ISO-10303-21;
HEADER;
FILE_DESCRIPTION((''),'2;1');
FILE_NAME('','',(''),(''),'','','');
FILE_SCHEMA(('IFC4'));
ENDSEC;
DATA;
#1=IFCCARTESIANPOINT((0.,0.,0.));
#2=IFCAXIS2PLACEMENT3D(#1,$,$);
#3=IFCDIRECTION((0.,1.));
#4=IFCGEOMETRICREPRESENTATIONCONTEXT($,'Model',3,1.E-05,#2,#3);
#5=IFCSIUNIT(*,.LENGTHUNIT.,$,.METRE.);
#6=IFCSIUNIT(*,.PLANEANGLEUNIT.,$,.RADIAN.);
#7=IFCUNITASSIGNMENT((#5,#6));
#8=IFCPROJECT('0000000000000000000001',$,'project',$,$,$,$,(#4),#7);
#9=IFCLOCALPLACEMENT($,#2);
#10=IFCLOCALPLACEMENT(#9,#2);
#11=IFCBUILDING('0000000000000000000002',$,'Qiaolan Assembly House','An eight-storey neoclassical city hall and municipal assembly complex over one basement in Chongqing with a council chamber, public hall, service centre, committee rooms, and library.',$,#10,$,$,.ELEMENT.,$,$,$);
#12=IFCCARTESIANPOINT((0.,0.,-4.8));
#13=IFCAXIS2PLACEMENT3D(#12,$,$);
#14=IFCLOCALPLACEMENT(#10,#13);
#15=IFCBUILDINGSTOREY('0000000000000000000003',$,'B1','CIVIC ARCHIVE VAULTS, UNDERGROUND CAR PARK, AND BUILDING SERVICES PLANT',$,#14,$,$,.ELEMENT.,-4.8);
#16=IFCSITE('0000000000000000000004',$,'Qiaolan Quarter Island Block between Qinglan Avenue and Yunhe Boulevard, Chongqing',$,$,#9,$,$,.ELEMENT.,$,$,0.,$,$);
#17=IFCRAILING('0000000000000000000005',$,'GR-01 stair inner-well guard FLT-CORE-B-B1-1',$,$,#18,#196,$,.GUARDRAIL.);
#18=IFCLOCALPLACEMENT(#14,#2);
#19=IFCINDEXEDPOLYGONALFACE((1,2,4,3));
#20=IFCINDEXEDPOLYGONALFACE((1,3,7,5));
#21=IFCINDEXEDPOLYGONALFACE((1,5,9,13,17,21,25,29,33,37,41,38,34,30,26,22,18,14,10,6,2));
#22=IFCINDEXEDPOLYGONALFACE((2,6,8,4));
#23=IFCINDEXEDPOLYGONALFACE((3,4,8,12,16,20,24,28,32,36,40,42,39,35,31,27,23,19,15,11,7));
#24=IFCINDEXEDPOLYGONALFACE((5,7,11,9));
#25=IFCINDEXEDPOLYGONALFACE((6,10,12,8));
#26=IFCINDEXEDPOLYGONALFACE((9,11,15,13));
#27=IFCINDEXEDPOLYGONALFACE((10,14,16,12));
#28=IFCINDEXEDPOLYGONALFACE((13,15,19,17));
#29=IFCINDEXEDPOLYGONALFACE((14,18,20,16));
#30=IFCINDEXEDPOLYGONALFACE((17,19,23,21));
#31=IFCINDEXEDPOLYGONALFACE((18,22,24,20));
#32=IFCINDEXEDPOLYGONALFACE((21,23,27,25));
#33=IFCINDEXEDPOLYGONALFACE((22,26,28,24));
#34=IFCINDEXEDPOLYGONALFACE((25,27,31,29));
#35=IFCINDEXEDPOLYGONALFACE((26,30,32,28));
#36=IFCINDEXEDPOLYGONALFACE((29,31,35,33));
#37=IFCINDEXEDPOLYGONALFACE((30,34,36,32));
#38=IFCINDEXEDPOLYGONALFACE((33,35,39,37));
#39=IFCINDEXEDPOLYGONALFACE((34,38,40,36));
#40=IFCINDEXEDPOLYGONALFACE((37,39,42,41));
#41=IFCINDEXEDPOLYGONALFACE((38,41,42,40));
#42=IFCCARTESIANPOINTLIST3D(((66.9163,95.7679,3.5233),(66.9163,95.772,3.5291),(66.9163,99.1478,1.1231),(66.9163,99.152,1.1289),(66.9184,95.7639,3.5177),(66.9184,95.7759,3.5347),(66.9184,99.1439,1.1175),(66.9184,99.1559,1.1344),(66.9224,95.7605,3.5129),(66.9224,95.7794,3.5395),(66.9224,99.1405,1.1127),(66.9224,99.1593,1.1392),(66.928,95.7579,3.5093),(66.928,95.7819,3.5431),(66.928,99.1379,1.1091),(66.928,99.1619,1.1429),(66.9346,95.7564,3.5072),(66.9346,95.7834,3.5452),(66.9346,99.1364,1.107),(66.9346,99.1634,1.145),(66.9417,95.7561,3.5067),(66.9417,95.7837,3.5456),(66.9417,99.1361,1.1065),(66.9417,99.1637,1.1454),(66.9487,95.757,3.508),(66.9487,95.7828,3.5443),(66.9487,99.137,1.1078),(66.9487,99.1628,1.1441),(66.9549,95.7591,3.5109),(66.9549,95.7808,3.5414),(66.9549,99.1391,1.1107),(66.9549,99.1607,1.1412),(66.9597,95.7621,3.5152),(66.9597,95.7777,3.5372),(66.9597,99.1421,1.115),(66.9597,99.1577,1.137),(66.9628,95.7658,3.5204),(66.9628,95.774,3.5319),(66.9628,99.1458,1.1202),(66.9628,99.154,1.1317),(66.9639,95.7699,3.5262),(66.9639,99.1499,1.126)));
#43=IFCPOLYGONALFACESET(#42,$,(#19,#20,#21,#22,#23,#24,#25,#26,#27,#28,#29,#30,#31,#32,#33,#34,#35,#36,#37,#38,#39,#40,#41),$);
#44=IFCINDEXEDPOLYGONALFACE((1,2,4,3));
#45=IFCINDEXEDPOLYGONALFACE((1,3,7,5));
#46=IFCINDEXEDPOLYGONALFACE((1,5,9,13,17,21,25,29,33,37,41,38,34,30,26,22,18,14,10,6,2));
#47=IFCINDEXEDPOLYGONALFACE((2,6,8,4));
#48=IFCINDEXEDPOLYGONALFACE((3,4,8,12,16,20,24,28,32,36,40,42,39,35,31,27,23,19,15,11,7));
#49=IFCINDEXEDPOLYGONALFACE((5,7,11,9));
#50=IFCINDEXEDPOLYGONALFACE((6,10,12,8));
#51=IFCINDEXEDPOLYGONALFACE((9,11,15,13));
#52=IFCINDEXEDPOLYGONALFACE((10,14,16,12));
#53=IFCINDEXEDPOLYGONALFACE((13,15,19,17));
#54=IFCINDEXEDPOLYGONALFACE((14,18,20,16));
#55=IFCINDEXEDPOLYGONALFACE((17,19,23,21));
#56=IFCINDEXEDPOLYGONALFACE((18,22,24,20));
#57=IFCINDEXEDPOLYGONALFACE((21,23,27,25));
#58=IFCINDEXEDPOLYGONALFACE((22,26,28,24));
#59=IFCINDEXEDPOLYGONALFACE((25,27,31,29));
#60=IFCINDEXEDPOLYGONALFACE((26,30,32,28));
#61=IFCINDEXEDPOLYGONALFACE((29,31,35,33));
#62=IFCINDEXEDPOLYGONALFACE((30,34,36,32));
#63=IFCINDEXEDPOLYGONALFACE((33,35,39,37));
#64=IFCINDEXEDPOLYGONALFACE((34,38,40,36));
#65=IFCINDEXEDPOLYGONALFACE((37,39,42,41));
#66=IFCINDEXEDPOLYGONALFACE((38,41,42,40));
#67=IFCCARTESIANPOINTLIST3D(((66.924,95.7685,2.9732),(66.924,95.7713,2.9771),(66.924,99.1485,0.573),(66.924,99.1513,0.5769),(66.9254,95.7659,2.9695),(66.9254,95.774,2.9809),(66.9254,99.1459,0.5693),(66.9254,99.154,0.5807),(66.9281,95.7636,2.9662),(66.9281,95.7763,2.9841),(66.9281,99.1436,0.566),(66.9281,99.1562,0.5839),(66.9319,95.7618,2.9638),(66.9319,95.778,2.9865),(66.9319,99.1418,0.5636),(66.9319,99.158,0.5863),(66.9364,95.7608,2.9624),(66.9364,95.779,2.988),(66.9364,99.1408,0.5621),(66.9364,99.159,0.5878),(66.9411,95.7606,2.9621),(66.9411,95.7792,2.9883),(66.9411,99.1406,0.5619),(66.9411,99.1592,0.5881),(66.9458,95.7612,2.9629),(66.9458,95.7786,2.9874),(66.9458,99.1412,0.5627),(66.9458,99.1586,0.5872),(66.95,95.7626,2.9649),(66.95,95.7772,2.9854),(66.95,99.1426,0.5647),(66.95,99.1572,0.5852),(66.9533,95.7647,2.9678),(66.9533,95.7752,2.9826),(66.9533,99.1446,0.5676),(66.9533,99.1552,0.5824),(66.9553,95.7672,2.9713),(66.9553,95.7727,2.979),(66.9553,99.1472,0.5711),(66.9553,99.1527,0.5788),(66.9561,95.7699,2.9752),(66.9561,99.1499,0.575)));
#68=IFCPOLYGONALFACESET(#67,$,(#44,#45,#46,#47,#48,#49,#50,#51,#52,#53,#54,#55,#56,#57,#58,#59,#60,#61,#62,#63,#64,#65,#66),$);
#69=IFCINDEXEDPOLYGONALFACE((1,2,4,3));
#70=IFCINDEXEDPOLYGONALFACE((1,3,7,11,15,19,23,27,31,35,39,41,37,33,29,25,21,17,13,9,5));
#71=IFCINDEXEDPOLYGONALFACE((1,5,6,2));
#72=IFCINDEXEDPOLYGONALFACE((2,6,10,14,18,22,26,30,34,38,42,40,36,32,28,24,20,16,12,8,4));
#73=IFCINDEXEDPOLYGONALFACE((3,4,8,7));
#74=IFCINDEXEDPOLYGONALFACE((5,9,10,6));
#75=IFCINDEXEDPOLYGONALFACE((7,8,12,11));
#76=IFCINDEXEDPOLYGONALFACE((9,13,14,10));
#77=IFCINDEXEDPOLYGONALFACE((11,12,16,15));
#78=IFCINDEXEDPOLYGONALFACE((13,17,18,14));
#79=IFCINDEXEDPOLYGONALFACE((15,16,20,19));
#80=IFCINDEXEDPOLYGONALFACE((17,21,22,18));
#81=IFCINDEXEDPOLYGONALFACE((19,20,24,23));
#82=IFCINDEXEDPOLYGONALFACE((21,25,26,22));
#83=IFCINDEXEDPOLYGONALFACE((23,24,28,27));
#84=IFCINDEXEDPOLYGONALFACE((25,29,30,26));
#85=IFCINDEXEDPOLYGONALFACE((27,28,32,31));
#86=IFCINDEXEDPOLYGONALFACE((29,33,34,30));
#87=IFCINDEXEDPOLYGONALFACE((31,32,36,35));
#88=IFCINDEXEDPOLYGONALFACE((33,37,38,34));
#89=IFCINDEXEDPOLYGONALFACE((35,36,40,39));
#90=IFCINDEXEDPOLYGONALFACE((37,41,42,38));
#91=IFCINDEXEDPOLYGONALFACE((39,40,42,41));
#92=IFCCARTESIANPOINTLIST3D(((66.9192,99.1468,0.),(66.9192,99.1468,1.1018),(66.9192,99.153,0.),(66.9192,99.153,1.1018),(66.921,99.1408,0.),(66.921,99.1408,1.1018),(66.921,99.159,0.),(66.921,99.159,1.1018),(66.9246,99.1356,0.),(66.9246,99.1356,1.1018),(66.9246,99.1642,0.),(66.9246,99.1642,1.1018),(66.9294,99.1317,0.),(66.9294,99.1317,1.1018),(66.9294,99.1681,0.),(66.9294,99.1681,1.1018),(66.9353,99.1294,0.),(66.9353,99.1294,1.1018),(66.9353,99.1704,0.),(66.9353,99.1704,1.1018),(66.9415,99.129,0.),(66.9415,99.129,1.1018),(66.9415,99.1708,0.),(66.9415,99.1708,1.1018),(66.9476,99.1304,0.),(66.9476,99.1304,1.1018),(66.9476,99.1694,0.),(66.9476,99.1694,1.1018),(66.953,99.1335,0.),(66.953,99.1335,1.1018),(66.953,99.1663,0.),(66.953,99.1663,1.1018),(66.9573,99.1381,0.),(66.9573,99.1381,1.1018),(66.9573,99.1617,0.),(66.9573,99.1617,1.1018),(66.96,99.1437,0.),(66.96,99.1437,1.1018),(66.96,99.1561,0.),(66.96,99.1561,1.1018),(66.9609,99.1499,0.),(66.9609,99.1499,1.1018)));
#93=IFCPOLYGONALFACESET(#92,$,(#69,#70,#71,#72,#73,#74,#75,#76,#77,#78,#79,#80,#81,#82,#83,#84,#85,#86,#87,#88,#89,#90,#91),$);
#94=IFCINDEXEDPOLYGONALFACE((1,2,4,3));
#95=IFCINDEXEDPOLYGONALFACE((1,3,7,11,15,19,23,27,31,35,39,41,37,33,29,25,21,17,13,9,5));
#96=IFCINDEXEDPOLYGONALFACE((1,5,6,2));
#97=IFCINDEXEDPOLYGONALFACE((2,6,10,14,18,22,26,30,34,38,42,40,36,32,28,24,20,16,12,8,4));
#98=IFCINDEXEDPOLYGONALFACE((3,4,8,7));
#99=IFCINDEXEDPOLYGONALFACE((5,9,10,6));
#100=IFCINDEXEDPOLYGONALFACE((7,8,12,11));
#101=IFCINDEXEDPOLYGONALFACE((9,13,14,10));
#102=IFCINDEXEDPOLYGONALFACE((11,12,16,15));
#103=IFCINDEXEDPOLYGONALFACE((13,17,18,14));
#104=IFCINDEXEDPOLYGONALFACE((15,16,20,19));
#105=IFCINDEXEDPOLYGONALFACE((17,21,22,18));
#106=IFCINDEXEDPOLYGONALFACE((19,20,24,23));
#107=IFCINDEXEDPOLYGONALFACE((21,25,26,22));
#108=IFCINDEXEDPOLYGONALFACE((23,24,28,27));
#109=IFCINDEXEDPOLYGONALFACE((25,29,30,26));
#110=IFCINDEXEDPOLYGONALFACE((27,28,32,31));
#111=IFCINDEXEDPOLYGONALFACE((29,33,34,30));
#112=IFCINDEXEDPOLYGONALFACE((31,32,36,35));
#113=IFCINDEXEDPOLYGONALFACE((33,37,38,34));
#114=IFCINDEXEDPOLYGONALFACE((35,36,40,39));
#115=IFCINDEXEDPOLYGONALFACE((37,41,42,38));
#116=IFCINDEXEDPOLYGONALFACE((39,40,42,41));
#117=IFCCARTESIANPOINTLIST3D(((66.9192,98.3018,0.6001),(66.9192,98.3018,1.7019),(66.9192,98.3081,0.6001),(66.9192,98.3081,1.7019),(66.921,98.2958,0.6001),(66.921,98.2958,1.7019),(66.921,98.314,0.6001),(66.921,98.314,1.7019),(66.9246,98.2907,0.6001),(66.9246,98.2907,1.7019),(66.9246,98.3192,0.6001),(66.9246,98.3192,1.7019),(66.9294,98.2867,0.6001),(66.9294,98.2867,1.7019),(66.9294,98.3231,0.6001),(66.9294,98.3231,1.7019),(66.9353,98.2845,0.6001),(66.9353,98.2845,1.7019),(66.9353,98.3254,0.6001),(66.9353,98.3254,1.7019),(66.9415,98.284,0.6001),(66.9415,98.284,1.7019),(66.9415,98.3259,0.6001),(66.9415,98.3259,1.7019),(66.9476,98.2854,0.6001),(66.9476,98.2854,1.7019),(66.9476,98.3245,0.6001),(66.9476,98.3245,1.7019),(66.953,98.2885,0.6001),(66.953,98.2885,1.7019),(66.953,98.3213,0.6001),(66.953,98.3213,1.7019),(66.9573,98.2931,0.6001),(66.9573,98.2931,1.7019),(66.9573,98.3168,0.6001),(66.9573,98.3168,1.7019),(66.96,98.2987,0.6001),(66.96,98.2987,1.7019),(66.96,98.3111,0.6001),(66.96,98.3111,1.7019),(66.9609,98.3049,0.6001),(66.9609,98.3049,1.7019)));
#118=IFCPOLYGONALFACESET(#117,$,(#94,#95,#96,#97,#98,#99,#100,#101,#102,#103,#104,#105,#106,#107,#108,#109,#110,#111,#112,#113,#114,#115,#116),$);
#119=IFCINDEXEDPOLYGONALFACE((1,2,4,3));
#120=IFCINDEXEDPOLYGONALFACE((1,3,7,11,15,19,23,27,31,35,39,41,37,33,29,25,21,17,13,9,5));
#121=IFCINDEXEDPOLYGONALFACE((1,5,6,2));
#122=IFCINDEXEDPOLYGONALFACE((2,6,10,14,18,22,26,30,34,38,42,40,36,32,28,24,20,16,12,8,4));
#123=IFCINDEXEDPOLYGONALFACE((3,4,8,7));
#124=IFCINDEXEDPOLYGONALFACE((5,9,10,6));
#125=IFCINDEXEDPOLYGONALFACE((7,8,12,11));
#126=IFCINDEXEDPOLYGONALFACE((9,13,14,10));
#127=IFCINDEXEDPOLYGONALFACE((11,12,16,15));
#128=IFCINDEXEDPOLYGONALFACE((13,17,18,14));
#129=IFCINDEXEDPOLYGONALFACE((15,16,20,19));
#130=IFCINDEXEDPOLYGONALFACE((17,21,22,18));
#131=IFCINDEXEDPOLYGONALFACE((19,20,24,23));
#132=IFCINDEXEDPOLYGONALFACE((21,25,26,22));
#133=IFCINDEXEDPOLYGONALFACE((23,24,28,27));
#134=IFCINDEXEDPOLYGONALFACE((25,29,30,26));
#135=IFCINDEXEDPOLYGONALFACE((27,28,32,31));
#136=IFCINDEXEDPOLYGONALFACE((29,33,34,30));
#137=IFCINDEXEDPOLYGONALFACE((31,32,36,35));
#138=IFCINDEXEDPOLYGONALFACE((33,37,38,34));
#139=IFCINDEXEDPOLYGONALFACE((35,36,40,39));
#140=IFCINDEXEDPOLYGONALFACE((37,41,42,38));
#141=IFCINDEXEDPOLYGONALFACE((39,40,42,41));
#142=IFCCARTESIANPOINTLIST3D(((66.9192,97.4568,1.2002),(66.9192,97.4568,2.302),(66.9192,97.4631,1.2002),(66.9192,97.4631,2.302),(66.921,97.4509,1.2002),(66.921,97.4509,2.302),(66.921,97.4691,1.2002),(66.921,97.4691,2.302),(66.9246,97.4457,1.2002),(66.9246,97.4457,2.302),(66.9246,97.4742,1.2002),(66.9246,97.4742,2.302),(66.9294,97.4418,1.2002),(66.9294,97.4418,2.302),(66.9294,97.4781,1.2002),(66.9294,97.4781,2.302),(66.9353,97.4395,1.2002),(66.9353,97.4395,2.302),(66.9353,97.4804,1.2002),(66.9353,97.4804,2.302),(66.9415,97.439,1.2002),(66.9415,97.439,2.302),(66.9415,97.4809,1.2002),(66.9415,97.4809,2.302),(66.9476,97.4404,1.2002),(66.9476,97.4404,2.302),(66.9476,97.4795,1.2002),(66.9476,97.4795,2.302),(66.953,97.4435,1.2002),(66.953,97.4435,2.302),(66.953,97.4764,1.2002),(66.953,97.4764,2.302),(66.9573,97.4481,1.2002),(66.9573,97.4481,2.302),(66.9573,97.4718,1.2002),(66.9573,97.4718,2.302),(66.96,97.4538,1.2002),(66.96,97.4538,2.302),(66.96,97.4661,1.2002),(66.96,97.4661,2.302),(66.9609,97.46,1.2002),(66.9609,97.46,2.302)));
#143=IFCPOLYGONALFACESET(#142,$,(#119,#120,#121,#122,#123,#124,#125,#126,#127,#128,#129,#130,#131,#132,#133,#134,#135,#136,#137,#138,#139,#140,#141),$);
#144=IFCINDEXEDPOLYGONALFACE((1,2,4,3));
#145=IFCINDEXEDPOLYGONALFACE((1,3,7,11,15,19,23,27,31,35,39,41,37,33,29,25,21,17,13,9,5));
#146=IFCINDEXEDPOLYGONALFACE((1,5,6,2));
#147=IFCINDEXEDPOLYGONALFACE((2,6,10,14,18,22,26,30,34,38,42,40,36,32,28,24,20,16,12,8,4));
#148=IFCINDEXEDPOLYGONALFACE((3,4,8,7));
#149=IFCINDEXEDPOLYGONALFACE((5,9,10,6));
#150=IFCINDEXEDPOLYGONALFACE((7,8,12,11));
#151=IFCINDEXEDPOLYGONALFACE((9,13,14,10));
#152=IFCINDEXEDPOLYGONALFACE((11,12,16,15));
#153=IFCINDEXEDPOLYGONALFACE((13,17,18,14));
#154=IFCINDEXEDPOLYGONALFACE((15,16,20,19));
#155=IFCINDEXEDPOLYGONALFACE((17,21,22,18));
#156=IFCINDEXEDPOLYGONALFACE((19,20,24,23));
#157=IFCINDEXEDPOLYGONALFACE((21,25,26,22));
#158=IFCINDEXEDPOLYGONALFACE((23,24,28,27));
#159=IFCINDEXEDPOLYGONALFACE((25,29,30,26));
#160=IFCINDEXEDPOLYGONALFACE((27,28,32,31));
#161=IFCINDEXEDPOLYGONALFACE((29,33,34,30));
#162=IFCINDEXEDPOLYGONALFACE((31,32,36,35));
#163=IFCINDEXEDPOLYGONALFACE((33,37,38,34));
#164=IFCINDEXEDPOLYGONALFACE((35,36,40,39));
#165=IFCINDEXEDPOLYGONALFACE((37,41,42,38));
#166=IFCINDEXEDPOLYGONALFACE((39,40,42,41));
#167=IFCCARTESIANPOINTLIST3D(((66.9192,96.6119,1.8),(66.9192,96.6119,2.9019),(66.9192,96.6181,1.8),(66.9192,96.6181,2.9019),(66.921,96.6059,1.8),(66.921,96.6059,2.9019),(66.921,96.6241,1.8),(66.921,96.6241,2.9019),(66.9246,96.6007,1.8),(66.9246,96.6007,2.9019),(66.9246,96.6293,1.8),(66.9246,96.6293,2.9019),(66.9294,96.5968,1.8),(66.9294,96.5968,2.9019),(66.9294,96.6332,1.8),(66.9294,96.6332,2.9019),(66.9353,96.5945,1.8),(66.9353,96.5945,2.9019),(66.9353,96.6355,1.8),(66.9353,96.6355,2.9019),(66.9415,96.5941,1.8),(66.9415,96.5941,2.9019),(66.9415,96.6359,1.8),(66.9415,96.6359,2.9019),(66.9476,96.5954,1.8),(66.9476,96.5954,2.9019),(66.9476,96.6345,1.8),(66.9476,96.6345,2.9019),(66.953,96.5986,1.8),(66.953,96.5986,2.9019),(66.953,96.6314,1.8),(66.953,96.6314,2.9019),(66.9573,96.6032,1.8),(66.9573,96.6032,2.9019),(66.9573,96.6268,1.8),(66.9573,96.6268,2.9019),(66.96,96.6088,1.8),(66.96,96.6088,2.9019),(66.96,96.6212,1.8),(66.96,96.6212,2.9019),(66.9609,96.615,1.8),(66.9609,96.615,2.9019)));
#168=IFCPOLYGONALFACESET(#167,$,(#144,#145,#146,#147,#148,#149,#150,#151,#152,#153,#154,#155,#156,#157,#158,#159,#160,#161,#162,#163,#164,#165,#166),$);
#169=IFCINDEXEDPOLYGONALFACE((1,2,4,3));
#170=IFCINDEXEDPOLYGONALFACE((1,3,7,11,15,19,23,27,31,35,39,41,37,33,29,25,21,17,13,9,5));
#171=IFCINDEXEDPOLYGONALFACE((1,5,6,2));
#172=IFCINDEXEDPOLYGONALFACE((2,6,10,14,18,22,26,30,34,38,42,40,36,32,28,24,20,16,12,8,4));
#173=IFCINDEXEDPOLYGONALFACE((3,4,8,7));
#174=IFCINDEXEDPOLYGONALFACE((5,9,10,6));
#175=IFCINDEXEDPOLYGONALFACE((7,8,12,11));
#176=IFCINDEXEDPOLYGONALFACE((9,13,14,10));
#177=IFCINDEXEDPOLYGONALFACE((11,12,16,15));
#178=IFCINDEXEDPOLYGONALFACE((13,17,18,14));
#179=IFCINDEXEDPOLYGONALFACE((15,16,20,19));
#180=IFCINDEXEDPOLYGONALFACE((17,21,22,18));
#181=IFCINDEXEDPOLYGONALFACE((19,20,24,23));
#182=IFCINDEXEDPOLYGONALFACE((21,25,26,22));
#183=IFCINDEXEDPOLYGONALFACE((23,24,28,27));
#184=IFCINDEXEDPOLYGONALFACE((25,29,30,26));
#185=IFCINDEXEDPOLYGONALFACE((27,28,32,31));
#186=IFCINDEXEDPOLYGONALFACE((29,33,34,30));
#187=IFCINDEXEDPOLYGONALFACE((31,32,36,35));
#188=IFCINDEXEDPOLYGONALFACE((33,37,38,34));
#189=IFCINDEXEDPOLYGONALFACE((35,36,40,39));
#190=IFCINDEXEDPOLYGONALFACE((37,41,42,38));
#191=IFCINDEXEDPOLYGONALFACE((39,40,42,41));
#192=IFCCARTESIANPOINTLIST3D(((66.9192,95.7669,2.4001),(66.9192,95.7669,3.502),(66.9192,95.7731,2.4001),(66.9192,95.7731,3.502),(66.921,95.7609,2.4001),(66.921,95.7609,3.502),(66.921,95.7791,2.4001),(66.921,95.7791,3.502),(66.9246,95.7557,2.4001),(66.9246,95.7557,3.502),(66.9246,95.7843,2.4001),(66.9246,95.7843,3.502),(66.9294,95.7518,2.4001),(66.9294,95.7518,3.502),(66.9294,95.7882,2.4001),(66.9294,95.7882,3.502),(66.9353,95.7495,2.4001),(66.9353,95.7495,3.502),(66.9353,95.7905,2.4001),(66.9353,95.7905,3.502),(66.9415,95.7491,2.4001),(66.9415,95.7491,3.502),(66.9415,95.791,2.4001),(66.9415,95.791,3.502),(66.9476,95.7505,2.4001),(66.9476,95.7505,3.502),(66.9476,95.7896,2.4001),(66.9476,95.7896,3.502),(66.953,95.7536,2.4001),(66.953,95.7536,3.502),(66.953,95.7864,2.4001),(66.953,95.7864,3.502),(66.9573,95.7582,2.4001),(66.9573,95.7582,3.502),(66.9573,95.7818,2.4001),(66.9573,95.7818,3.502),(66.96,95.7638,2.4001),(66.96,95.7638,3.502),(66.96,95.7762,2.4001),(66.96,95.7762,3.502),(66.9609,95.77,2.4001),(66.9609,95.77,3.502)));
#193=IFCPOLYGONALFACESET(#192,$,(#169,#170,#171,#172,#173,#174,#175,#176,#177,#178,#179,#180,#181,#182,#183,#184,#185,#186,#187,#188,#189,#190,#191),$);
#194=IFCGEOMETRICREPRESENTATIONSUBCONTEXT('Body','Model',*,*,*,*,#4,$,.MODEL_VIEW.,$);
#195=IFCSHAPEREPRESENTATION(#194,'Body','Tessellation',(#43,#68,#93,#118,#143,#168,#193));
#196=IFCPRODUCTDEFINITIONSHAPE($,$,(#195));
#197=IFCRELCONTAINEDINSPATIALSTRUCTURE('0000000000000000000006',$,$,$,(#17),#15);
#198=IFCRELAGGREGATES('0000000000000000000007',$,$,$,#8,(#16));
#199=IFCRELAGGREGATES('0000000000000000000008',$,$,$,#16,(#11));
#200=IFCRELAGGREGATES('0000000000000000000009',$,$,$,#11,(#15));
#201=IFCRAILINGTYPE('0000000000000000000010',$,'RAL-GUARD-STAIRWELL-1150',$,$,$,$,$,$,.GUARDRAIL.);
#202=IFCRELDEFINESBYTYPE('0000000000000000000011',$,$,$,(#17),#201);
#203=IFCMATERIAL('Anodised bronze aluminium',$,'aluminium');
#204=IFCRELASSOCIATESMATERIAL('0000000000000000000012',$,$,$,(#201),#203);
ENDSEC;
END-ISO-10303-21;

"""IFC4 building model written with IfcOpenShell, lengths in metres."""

from ifc_helpers import new_model, si_unit, direction, frame, origin, origin_2d, place, context, subcontext, project, spatial, circle, extrude, material, type_object, element, save


model = new_model("IFC4")

# Units and contexts
model_context = context("Model", 3, precision=1e-05, world=origin(), true_north=direction((0.0, 1.0)))
body_context = subcontext(model_context, "Body", "Model", "MODEL_VIEW")
ifc_project = project(units=[si_unit("LENGTHUNIT", "METRE"), si_unit("PLANEANGLEUNIT", "RADIAN")], contexts=[model_context])

# Site, building, storey
site_placement = place(None, origin())
site = spatial("IfcSite", under=ifc_project, at=site_placement, Name="Qiaolan Quarter Island Block between Qinglan Avenue and Yunhe Boulevard, Chongqing", CompositionType="ELEMENT", RefElevation=0.0)
building_placement = place(site_placement, origin())
building = spatial("IfcBuilding", under=site, at=building_placement, Name="Qiaolan Assembly House", Description="An eight-storey neoclassical city hall and municipal assembly complex over one basement in Chongqing with a council chamber, public hall, service centre, committee rooms, and library.", CompositionType="ELEMENT")
storey_placement = place(building_placement, frame((0.0, 0.0, -4.8)))
storey = spatial("IfcBuildingStorey", under=building, at=storey_placement, Name="B1", Description="CIVIC ARCHIVE VAULTS, UNDERGROUND CAR PARK, AND BUILDING SERVICES PLANT", CompositionType="ELEMENT", Elevation=-4.8)

# Shared definitions
ifc_material_1 = material(Name="Anodised bronze aluminium", Category="aluminium")

# Railing
railing_type_1 = type_object("IfcRailingType", Name="RAL-GUARD-STAIRWELL-1150", PredefinedType="GUARDRAIL", material=ifc_material_1)
railing_1_placement = place(storey_placement, frame((66.9399, 99.1499, 0.0)))
element("IfcRailing", 1, at=railing_1_placement, inside=storey, type_object=railing_type_1, Name="GR-01 stair inner-well guard FLT-CORE-B-B1-1", PredefinedType="GUARDRAIL", context=body_context, shape_type="SweptSolid", body=[
    extrude(circle(Radius=0.0239, at=origin_2d()), frame((0.0, 0.0, 1.126), z_axis=(0.0, -0.815334, 0.578991), x_axis=(1.0, 0.0, 0.0)), (0.0, 0.0, 1.0), 4.1455),
    extrude(circle(Radius=0.0161, at=origin_2d()), frame((0.0, 0.0, 0.575), z_axis=(0.0, -0.815334, 0.578991), x_axis=(1.0, 0.0, 0.0)), (0.0, 0.0, 1.0), 4.1455),
    extrude(circle(Radius=0.021, at=origin_2d()), origin(), (0.0, 0.0, 1.0), 1.1018),
    extrude(circle(Radius=0.021, at=origin_2d()), frame((0.0, -0.845, 0.6001)), (0.0, 0.0, 1.0), 1.1018),
    extrude(circle(Radius=0.021, at=origin_2d()), frame((0.0, -1.6899, 1.2002)), (0.0, 0.0, 1.0), 1.1018),
    extrude(circle(Radius=0.021, at=origin_2d()), frame((0.0, -2.5349, 1.8)), (0.0, 0.0, 1.0), 1.1018),
    extrude(circle(Radius=0.021, at=origin_2d()), frame((0.0, -3.3799, 2.4001)), (0.0, 0.0, 1.0), 1.1018),
])

save(model, "model.ifc")
